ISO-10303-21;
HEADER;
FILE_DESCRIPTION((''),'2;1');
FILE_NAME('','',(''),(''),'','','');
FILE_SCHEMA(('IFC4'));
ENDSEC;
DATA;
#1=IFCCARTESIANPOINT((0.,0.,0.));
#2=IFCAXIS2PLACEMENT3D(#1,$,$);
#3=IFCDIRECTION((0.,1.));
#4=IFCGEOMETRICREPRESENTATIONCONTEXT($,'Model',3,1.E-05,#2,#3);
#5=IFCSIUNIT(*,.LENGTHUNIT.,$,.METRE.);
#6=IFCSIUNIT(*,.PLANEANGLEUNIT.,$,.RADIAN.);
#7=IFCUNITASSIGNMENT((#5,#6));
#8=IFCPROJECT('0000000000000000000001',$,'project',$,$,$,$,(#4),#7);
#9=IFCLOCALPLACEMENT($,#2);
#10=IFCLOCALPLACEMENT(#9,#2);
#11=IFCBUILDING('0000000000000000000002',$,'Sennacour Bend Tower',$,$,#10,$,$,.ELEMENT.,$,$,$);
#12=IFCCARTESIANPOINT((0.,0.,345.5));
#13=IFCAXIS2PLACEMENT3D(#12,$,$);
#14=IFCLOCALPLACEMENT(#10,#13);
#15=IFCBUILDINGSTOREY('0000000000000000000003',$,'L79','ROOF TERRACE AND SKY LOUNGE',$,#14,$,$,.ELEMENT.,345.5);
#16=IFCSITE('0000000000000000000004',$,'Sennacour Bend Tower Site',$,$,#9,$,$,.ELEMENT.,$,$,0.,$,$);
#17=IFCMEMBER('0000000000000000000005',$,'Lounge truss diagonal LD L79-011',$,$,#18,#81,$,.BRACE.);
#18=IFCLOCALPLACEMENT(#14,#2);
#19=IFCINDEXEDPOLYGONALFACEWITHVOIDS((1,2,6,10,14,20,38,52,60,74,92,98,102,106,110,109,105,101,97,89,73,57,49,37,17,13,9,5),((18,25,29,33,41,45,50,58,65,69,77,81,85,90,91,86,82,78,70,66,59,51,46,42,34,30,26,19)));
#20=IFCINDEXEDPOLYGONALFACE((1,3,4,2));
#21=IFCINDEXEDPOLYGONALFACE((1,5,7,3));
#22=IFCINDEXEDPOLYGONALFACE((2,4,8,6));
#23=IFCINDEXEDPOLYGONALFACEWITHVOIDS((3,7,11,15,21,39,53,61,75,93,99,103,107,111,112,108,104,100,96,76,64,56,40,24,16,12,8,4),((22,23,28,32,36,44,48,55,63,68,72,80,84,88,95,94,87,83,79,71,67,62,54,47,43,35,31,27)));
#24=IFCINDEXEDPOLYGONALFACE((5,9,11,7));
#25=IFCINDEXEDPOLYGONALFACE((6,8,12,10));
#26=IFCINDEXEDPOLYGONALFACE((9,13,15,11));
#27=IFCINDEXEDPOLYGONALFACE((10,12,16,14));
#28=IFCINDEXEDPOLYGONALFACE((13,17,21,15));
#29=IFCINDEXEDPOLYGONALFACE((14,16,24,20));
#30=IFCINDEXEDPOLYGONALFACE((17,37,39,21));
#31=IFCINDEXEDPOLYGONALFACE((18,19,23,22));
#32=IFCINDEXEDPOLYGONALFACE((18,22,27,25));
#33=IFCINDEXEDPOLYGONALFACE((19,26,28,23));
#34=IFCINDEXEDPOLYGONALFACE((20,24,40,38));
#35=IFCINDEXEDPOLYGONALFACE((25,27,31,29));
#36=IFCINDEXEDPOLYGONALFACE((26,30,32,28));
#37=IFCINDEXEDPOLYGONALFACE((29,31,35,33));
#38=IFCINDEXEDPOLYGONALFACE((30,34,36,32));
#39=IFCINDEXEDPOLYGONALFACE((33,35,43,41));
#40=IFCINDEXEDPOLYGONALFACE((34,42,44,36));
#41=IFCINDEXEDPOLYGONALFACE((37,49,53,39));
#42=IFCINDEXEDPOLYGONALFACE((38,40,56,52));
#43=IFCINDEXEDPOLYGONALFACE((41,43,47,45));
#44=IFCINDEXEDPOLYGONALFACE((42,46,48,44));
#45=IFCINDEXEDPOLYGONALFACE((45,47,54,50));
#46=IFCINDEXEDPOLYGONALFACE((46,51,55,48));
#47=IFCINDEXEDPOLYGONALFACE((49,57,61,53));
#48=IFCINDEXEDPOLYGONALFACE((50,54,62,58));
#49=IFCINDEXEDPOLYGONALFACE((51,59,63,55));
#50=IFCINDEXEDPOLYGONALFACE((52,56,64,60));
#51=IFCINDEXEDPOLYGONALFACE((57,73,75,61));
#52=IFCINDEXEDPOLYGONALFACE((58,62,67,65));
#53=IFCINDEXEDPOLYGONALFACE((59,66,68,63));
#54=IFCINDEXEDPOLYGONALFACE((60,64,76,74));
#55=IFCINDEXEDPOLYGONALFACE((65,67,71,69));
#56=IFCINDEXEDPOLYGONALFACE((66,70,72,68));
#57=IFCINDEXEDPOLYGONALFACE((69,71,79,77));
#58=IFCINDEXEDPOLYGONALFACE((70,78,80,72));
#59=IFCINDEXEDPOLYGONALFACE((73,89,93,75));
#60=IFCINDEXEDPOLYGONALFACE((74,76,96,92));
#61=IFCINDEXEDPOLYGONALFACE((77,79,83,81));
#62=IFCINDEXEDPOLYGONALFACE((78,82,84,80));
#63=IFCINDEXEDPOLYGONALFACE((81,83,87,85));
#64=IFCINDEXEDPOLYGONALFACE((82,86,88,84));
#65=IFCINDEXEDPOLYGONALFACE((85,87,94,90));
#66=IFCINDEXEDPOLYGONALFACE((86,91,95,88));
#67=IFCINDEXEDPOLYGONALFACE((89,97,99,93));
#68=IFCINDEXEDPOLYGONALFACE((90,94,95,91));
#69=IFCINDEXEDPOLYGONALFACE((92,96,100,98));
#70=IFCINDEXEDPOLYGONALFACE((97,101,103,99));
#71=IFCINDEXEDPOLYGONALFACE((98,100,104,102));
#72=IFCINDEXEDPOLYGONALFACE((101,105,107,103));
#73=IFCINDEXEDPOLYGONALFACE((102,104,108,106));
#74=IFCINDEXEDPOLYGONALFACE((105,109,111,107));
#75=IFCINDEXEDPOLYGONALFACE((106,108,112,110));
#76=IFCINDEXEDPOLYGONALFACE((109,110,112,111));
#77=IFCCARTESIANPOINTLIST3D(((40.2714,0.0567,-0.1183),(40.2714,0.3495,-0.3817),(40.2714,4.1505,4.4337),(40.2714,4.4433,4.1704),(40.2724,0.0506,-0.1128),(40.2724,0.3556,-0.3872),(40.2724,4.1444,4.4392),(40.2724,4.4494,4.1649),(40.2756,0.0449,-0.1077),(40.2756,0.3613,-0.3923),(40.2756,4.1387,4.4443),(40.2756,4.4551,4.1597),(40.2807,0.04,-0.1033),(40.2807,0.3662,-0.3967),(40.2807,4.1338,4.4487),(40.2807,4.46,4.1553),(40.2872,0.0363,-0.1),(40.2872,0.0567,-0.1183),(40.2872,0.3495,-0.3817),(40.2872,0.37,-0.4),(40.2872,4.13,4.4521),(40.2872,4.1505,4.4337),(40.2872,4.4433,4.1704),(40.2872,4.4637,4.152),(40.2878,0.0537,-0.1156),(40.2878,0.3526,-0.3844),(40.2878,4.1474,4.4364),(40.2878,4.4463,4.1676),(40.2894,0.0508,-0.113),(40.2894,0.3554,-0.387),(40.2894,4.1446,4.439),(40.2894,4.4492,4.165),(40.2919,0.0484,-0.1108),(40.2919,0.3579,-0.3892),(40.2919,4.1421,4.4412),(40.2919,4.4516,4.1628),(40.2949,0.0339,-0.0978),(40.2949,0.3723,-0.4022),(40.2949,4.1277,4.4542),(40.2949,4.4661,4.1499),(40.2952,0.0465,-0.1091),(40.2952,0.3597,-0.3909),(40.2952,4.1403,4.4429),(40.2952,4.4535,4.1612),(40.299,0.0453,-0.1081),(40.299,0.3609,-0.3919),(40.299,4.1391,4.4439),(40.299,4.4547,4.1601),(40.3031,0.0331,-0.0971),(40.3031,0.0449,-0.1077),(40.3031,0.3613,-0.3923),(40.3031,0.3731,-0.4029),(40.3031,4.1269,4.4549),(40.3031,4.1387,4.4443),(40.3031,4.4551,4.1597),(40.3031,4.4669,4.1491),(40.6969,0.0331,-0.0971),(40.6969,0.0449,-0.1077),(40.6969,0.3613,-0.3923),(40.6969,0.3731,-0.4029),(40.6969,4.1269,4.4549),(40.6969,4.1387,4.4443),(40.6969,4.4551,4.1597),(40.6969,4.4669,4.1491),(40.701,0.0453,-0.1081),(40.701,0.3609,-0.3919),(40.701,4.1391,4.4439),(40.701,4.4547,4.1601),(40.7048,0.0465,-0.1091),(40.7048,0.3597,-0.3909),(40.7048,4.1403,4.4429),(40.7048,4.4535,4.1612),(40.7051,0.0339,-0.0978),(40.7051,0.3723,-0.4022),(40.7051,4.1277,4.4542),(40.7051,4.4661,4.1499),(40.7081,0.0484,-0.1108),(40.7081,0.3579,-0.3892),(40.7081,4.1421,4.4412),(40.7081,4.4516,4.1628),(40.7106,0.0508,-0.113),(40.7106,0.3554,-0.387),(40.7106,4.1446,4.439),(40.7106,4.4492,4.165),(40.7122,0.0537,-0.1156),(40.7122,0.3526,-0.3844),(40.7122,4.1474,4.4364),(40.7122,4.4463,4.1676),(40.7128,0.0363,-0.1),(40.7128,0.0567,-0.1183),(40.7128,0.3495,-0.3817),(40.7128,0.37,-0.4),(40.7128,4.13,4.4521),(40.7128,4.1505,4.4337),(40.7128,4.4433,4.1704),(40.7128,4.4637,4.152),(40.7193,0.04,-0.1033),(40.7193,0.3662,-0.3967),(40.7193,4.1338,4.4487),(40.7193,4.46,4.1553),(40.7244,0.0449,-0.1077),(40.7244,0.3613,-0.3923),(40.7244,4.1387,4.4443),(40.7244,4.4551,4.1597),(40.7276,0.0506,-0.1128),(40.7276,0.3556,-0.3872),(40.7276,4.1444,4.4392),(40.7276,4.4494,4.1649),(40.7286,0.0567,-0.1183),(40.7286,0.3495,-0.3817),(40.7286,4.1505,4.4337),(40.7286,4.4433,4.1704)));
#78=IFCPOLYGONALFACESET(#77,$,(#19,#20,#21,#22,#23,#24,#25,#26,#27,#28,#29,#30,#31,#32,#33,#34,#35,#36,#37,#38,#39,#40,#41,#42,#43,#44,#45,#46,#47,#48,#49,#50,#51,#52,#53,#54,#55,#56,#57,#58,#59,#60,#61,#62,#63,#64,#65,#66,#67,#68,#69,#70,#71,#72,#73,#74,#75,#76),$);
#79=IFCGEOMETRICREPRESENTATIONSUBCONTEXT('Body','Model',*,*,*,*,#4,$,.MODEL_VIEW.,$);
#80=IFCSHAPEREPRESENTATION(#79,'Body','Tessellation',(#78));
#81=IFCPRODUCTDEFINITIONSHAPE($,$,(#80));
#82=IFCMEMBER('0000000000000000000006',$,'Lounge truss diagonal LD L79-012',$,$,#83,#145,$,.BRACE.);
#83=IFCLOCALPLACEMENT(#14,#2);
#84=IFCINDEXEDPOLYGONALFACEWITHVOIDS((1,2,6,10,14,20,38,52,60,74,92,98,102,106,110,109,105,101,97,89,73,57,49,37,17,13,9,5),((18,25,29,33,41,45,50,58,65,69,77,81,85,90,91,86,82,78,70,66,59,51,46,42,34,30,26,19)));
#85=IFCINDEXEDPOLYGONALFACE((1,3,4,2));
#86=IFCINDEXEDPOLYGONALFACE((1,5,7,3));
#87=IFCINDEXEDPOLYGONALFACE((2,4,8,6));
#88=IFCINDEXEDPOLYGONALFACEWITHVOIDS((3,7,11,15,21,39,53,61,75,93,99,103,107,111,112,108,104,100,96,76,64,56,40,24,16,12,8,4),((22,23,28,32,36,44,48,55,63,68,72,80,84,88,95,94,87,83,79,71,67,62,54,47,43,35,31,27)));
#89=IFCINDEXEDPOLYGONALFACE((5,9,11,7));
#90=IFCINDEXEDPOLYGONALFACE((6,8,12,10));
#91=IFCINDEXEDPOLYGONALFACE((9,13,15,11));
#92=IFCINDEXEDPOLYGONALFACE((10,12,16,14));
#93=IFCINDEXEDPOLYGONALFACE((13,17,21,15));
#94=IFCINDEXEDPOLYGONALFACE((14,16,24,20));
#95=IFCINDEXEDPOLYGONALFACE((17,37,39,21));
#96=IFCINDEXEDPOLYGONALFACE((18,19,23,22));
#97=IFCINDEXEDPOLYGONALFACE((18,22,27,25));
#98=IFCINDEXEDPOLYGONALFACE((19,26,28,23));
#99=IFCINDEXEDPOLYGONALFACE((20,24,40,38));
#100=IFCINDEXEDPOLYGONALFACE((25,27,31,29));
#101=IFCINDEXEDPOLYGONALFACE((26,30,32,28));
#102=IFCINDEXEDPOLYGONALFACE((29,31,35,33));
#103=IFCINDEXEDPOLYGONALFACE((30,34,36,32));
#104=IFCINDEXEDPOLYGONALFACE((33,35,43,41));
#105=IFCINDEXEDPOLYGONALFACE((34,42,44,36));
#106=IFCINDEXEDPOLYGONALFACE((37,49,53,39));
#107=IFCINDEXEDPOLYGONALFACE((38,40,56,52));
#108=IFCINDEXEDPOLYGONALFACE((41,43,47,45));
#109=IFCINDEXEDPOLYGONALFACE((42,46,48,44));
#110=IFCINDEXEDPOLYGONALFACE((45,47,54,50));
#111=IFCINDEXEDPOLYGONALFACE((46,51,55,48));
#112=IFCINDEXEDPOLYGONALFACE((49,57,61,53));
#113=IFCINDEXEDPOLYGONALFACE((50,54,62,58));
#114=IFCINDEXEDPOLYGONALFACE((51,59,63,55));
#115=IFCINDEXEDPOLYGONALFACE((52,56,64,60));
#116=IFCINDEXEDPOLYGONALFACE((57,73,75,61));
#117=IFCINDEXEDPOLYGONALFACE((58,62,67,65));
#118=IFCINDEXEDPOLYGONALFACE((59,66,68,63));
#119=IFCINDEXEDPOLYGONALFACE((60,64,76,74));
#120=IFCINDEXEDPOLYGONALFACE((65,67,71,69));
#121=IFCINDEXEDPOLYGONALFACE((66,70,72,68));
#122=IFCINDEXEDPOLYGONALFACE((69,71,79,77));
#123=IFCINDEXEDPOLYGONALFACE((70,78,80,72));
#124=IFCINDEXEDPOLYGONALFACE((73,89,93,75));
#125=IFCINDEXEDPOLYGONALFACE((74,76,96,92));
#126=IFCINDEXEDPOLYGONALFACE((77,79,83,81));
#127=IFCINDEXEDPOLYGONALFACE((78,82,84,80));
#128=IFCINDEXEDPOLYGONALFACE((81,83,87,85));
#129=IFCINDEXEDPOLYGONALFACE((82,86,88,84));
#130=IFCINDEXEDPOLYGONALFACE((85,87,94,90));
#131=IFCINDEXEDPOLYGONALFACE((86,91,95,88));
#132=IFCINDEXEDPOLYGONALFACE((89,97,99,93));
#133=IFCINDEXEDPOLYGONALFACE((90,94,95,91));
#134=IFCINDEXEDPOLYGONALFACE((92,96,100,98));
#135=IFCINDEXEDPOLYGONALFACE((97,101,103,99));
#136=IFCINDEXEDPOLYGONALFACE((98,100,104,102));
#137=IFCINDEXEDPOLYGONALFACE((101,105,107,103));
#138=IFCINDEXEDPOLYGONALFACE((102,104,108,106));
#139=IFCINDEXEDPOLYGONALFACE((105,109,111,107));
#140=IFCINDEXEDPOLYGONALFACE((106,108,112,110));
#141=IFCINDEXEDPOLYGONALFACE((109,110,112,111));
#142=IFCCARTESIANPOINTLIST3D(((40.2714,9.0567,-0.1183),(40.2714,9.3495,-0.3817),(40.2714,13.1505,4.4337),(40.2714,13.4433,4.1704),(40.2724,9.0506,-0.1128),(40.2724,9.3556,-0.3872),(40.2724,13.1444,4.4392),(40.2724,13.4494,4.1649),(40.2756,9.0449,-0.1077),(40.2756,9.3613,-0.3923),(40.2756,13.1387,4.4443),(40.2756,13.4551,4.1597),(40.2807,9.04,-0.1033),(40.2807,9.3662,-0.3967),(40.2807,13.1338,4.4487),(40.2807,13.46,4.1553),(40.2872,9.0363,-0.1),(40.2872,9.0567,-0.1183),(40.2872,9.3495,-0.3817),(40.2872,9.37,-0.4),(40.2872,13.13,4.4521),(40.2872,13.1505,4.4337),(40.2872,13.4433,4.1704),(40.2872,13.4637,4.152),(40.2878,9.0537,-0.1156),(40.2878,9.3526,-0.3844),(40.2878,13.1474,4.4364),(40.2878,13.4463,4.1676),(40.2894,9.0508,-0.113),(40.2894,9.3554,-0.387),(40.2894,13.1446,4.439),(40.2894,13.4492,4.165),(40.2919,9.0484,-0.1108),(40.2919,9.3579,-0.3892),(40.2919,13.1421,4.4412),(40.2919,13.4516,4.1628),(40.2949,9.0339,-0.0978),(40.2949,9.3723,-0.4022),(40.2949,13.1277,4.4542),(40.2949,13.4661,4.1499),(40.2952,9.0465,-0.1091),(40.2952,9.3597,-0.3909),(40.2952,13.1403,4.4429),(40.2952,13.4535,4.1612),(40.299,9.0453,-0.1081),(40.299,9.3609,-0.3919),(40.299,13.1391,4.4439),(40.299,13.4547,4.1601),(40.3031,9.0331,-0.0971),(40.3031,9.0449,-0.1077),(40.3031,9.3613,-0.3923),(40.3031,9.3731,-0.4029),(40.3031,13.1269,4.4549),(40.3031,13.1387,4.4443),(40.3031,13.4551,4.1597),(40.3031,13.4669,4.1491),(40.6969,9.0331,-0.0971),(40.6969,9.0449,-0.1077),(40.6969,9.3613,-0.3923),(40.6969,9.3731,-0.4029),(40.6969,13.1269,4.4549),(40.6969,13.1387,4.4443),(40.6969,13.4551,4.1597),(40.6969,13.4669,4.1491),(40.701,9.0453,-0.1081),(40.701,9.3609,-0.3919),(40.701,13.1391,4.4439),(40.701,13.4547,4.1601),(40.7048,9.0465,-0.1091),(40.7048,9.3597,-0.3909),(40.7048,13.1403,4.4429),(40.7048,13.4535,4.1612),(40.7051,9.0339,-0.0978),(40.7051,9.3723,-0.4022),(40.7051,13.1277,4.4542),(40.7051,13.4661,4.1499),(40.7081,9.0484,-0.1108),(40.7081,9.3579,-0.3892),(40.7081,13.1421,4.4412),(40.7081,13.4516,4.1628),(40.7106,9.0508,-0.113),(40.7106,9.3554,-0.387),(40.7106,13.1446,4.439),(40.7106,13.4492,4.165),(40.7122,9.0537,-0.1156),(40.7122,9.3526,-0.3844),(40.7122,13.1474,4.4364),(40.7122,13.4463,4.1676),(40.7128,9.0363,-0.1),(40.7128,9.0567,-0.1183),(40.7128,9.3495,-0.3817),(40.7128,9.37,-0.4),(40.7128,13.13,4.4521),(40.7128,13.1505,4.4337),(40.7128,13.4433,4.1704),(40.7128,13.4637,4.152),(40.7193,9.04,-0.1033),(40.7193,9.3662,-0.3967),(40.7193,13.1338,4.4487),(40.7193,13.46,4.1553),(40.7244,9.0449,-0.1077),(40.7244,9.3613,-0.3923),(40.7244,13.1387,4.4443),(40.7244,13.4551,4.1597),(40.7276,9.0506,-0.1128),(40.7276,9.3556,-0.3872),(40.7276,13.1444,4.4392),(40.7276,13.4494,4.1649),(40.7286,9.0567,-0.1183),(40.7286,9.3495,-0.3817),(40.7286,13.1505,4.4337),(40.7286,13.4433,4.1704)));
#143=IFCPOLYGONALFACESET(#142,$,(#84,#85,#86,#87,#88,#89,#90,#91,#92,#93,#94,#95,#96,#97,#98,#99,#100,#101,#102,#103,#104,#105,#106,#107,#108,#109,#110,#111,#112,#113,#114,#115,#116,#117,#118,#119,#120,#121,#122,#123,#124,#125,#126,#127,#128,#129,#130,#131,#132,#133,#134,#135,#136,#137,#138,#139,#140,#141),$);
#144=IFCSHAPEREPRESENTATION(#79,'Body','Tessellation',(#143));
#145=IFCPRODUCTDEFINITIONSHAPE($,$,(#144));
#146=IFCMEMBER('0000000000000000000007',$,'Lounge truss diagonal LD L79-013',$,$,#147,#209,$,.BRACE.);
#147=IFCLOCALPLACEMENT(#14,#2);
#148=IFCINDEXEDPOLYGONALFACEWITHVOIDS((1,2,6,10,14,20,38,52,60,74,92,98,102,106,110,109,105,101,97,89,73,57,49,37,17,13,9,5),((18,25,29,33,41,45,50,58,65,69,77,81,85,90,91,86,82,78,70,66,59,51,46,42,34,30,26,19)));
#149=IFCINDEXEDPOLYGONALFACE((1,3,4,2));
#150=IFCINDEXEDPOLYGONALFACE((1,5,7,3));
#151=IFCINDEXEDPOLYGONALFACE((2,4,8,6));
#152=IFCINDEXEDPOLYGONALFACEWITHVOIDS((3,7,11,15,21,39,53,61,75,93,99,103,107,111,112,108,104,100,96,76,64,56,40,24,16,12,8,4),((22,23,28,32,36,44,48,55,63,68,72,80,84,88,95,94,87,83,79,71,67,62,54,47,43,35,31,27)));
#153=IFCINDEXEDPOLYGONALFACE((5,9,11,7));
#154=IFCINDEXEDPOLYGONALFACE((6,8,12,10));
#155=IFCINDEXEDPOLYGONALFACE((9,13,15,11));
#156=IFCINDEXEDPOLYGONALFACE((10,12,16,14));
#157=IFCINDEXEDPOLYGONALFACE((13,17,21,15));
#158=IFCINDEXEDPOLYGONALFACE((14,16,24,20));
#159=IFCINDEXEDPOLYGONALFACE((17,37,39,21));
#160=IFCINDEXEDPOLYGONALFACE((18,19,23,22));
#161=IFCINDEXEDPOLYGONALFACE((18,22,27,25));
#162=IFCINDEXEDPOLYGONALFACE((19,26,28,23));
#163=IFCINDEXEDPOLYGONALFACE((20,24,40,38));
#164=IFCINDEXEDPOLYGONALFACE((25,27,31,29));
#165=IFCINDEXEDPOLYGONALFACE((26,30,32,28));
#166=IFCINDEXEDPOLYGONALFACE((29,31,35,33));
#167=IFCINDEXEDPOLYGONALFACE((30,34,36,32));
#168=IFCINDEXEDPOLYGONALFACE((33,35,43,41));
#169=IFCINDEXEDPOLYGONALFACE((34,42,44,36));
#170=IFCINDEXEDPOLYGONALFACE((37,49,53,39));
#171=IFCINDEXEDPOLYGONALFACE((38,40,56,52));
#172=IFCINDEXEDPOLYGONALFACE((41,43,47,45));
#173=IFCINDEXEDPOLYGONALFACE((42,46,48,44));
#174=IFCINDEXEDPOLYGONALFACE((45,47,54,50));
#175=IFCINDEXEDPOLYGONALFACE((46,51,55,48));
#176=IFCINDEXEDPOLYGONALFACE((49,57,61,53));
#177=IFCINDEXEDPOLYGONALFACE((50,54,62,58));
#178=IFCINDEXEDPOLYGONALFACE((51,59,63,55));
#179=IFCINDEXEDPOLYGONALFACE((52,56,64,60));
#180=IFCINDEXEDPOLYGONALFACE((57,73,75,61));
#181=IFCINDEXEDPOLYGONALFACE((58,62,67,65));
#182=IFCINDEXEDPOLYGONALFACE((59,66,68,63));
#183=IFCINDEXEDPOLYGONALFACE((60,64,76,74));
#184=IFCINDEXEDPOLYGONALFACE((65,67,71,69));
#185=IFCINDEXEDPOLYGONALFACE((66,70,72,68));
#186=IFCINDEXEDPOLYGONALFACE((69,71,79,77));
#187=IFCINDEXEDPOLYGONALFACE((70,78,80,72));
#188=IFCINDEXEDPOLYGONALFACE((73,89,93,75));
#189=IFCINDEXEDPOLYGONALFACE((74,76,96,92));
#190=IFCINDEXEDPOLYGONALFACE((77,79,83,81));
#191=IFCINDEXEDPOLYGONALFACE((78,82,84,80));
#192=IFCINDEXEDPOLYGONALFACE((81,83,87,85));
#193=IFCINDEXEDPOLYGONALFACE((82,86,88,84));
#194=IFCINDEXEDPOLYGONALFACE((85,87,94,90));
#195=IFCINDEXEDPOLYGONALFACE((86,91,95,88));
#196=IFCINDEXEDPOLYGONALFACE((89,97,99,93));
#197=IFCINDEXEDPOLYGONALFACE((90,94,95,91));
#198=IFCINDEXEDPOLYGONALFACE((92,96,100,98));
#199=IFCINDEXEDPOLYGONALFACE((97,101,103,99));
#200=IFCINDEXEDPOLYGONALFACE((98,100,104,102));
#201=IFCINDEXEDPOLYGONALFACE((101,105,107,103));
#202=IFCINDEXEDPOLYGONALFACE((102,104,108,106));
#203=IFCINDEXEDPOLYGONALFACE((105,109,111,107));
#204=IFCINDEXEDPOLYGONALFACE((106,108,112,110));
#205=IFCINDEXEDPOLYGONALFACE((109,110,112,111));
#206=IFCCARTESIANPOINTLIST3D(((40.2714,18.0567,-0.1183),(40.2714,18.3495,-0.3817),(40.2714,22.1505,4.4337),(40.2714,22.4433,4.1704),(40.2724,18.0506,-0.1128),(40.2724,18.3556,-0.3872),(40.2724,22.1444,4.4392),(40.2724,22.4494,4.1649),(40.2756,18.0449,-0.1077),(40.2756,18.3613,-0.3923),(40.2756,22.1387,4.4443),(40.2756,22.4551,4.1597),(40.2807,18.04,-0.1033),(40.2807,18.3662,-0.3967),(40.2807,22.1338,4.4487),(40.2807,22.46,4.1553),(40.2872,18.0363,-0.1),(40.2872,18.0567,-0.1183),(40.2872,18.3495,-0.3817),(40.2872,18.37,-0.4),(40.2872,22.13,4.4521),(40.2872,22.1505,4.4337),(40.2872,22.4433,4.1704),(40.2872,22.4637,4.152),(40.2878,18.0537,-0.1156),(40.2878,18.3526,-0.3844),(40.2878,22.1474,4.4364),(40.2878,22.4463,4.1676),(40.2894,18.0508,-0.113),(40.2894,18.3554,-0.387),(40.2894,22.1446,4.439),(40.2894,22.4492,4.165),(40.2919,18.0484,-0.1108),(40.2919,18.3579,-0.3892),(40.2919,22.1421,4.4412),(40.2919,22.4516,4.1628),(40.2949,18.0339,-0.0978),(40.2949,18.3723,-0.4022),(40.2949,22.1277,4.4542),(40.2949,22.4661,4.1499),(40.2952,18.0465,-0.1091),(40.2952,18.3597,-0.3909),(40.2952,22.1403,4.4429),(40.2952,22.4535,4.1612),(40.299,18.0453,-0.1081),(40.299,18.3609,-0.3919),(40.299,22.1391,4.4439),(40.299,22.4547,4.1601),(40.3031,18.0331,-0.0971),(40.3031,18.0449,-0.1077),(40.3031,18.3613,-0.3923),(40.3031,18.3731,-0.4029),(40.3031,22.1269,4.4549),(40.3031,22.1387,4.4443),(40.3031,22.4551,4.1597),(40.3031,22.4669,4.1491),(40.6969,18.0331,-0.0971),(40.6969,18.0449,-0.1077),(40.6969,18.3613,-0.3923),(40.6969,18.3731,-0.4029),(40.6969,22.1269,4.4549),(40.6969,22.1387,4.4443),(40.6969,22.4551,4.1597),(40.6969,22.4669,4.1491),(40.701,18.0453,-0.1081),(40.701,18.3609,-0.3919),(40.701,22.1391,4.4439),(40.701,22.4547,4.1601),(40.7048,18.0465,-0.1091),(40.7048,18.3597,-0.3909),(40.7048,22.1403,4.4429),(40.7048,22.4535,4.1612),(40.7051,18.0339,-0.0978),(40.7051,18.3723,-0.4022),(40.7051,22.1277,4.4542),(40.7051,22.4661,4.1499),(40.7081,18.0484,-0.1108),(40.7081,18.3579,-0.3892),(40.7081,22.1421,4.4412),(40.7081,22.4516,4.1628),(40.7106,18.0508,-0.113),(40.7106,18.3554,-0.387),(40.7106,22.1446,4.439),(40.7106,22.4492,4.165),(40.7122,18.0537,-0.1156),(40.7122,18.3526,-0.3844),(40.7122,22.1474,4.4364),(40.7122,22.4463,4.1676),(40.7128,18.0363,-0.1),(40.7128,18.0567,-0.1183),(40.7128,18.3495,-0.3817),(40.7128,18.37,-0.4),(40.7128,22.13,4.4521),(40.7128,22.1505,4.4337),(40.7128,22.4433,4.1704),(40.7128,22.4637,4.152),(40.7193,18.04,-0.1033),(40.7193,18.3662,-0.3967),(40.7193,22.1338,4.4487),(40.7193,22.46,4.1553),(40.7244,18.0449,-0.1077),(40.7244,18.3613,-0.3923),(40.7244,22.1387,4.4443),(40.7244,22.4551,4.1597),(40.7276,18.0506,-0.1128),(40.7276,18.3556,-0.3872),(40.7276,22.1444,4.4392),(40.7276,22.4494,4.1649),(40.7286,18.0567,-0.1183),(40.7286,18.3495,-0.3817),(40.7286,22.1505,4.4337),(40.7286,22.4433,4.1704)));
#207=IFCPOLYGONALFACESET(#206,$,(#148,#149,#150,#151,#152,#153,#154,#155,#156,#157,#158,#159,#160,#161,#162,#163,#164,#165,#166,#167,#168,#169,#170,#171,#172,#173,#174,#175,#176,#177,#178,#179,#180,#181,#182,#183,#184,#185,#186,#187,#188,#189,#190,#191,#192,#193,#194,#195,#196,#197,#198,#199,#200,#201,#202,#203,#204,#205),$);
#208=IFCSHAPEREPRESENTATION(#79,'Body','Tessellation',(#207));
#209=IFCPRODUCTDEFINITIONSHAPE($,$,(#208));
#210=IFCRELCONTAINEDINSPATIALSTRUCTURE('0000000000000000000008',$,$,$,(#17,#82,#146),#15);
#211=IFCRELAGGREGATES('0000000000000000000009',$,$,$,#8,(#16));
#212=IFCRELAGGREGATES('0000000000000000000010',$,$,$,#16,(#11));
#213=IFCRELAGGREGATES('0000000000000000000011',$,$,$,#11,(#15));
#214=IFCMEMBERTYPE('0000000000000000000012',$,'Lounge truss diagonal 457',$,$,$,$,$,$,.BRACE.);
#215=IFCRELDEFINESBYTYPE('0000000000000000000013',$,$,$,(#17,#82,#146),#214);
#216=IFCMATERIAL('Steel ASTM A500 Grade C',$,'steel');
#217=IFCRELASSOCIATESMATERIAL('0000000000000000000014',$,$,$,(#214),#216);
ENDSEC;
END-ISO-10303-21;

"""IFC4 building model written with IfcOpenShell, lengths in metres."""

from ifc_helpers import new_model, si_unit, direction, frame, origin, origin_2d, place, context, subcontext, project, spatial, hollow_rectangle, extrude, material, material_profile, profile_set, type_object, element, save


model = new_model("IFC4")

# Units and contexts
model_context = context("Model", 3, precision=1e-05, world=origin(), true_north=direction((0.0, 1.0)))
body_context = subcontext(model_context, "Body", "Model", "MODEL_VIEW")
ifc_project = project(units=[si_unit("LENGTHUNIT", "METRE"), si_unit("PLANEANGLEUNIT", "RADIAN")], contexts=[model_context])

# Site, building, storey
site_placement = place(None, origin())
site = spatial("IfcSite", under=ifc_project, at=site_placement, Name="Sennacour Bend Tower Site", CompositionType="ELEMENT", RefElevation=0.0)
building_placement = place(site_placement, origin())
building = spatial("IfcBuilding", under=site, at=building_placement, Name="Sennacour Bend Tower", CompositionType="ELEMENT")
storey_placement = place(building_placement, frame((0.0, 0.0, 345.5)))
storey = spatial("IfcBuildingStorey", under=building, at=storey_placement, Name="L79", Description="ROOF TERRACE AND SKY LOUNGE", CompositionType="ELEMENT", Elevation=345.5)

# Members
ifc_material_1 = material(Name="Steel ASTM A500 Grade C", Category="steel")
ifc_material_profile_1 = material_profile(ifc_material_1, hollow_rectangle(XDim=0.4573, YDim=0.4573, WallThickness=0.0159, InnerFilletRadius=0.0159, OuterFilletRadius=0.0317, at=origin_2d()), Name="Steel ASTM A500 Grade C", Category="steel")
ifc_profile_set_1 = profile_set([ifc_material_profile_1], Name="Steel ASTM A500 Grade C")
member_type_1 = type_object("IfcMemberType", Name="Lounge truss diagonal 457", PredefinedType="BRACE", material=ifc_profile_set_1)
for number, where, z_axis, x_axis, name in (
    (1, (40.5, 0.2031, -0.25), (0.0, 0.668689, 0.743542), (-1.0, 0.0, 0.0), "Lounge truss diagonal LD L79-011"),
    (2, (40.5, 9.2031, -0.25), (0.0, 0.668689, 0.743542), (-1.0, 0.0, 0.0), "Lounge truss diagonal LD L79-012"),
    (3, (40.5, 18.2031, -0.25), (0.0, 0.668689, 0.743542), (-1.0, 0.0, 0.0), "Lounge truss diagonal LD L79-013"),
):
    element("IfcMember", number, at=place(storey_placement, frame(where, z_axis=z_axis, x_axis=x_axis)), inside=storey, type_object=member_type_1, Name=name, PredefinedType="BRACE", context=body_context, shape_type="SweptSolid", body=[
        extrude(hollow_rectangle(XDim=0.4573, YDim=0.4573, WallThickness=0.0159, InnerFilletRadius=0.0159, OuterFilletRadius=0.0317, at=origin_2d()), origin(), (0.0, 0.0, 1.0), 6.1221),
    ])

save(model, "model.ifc")
